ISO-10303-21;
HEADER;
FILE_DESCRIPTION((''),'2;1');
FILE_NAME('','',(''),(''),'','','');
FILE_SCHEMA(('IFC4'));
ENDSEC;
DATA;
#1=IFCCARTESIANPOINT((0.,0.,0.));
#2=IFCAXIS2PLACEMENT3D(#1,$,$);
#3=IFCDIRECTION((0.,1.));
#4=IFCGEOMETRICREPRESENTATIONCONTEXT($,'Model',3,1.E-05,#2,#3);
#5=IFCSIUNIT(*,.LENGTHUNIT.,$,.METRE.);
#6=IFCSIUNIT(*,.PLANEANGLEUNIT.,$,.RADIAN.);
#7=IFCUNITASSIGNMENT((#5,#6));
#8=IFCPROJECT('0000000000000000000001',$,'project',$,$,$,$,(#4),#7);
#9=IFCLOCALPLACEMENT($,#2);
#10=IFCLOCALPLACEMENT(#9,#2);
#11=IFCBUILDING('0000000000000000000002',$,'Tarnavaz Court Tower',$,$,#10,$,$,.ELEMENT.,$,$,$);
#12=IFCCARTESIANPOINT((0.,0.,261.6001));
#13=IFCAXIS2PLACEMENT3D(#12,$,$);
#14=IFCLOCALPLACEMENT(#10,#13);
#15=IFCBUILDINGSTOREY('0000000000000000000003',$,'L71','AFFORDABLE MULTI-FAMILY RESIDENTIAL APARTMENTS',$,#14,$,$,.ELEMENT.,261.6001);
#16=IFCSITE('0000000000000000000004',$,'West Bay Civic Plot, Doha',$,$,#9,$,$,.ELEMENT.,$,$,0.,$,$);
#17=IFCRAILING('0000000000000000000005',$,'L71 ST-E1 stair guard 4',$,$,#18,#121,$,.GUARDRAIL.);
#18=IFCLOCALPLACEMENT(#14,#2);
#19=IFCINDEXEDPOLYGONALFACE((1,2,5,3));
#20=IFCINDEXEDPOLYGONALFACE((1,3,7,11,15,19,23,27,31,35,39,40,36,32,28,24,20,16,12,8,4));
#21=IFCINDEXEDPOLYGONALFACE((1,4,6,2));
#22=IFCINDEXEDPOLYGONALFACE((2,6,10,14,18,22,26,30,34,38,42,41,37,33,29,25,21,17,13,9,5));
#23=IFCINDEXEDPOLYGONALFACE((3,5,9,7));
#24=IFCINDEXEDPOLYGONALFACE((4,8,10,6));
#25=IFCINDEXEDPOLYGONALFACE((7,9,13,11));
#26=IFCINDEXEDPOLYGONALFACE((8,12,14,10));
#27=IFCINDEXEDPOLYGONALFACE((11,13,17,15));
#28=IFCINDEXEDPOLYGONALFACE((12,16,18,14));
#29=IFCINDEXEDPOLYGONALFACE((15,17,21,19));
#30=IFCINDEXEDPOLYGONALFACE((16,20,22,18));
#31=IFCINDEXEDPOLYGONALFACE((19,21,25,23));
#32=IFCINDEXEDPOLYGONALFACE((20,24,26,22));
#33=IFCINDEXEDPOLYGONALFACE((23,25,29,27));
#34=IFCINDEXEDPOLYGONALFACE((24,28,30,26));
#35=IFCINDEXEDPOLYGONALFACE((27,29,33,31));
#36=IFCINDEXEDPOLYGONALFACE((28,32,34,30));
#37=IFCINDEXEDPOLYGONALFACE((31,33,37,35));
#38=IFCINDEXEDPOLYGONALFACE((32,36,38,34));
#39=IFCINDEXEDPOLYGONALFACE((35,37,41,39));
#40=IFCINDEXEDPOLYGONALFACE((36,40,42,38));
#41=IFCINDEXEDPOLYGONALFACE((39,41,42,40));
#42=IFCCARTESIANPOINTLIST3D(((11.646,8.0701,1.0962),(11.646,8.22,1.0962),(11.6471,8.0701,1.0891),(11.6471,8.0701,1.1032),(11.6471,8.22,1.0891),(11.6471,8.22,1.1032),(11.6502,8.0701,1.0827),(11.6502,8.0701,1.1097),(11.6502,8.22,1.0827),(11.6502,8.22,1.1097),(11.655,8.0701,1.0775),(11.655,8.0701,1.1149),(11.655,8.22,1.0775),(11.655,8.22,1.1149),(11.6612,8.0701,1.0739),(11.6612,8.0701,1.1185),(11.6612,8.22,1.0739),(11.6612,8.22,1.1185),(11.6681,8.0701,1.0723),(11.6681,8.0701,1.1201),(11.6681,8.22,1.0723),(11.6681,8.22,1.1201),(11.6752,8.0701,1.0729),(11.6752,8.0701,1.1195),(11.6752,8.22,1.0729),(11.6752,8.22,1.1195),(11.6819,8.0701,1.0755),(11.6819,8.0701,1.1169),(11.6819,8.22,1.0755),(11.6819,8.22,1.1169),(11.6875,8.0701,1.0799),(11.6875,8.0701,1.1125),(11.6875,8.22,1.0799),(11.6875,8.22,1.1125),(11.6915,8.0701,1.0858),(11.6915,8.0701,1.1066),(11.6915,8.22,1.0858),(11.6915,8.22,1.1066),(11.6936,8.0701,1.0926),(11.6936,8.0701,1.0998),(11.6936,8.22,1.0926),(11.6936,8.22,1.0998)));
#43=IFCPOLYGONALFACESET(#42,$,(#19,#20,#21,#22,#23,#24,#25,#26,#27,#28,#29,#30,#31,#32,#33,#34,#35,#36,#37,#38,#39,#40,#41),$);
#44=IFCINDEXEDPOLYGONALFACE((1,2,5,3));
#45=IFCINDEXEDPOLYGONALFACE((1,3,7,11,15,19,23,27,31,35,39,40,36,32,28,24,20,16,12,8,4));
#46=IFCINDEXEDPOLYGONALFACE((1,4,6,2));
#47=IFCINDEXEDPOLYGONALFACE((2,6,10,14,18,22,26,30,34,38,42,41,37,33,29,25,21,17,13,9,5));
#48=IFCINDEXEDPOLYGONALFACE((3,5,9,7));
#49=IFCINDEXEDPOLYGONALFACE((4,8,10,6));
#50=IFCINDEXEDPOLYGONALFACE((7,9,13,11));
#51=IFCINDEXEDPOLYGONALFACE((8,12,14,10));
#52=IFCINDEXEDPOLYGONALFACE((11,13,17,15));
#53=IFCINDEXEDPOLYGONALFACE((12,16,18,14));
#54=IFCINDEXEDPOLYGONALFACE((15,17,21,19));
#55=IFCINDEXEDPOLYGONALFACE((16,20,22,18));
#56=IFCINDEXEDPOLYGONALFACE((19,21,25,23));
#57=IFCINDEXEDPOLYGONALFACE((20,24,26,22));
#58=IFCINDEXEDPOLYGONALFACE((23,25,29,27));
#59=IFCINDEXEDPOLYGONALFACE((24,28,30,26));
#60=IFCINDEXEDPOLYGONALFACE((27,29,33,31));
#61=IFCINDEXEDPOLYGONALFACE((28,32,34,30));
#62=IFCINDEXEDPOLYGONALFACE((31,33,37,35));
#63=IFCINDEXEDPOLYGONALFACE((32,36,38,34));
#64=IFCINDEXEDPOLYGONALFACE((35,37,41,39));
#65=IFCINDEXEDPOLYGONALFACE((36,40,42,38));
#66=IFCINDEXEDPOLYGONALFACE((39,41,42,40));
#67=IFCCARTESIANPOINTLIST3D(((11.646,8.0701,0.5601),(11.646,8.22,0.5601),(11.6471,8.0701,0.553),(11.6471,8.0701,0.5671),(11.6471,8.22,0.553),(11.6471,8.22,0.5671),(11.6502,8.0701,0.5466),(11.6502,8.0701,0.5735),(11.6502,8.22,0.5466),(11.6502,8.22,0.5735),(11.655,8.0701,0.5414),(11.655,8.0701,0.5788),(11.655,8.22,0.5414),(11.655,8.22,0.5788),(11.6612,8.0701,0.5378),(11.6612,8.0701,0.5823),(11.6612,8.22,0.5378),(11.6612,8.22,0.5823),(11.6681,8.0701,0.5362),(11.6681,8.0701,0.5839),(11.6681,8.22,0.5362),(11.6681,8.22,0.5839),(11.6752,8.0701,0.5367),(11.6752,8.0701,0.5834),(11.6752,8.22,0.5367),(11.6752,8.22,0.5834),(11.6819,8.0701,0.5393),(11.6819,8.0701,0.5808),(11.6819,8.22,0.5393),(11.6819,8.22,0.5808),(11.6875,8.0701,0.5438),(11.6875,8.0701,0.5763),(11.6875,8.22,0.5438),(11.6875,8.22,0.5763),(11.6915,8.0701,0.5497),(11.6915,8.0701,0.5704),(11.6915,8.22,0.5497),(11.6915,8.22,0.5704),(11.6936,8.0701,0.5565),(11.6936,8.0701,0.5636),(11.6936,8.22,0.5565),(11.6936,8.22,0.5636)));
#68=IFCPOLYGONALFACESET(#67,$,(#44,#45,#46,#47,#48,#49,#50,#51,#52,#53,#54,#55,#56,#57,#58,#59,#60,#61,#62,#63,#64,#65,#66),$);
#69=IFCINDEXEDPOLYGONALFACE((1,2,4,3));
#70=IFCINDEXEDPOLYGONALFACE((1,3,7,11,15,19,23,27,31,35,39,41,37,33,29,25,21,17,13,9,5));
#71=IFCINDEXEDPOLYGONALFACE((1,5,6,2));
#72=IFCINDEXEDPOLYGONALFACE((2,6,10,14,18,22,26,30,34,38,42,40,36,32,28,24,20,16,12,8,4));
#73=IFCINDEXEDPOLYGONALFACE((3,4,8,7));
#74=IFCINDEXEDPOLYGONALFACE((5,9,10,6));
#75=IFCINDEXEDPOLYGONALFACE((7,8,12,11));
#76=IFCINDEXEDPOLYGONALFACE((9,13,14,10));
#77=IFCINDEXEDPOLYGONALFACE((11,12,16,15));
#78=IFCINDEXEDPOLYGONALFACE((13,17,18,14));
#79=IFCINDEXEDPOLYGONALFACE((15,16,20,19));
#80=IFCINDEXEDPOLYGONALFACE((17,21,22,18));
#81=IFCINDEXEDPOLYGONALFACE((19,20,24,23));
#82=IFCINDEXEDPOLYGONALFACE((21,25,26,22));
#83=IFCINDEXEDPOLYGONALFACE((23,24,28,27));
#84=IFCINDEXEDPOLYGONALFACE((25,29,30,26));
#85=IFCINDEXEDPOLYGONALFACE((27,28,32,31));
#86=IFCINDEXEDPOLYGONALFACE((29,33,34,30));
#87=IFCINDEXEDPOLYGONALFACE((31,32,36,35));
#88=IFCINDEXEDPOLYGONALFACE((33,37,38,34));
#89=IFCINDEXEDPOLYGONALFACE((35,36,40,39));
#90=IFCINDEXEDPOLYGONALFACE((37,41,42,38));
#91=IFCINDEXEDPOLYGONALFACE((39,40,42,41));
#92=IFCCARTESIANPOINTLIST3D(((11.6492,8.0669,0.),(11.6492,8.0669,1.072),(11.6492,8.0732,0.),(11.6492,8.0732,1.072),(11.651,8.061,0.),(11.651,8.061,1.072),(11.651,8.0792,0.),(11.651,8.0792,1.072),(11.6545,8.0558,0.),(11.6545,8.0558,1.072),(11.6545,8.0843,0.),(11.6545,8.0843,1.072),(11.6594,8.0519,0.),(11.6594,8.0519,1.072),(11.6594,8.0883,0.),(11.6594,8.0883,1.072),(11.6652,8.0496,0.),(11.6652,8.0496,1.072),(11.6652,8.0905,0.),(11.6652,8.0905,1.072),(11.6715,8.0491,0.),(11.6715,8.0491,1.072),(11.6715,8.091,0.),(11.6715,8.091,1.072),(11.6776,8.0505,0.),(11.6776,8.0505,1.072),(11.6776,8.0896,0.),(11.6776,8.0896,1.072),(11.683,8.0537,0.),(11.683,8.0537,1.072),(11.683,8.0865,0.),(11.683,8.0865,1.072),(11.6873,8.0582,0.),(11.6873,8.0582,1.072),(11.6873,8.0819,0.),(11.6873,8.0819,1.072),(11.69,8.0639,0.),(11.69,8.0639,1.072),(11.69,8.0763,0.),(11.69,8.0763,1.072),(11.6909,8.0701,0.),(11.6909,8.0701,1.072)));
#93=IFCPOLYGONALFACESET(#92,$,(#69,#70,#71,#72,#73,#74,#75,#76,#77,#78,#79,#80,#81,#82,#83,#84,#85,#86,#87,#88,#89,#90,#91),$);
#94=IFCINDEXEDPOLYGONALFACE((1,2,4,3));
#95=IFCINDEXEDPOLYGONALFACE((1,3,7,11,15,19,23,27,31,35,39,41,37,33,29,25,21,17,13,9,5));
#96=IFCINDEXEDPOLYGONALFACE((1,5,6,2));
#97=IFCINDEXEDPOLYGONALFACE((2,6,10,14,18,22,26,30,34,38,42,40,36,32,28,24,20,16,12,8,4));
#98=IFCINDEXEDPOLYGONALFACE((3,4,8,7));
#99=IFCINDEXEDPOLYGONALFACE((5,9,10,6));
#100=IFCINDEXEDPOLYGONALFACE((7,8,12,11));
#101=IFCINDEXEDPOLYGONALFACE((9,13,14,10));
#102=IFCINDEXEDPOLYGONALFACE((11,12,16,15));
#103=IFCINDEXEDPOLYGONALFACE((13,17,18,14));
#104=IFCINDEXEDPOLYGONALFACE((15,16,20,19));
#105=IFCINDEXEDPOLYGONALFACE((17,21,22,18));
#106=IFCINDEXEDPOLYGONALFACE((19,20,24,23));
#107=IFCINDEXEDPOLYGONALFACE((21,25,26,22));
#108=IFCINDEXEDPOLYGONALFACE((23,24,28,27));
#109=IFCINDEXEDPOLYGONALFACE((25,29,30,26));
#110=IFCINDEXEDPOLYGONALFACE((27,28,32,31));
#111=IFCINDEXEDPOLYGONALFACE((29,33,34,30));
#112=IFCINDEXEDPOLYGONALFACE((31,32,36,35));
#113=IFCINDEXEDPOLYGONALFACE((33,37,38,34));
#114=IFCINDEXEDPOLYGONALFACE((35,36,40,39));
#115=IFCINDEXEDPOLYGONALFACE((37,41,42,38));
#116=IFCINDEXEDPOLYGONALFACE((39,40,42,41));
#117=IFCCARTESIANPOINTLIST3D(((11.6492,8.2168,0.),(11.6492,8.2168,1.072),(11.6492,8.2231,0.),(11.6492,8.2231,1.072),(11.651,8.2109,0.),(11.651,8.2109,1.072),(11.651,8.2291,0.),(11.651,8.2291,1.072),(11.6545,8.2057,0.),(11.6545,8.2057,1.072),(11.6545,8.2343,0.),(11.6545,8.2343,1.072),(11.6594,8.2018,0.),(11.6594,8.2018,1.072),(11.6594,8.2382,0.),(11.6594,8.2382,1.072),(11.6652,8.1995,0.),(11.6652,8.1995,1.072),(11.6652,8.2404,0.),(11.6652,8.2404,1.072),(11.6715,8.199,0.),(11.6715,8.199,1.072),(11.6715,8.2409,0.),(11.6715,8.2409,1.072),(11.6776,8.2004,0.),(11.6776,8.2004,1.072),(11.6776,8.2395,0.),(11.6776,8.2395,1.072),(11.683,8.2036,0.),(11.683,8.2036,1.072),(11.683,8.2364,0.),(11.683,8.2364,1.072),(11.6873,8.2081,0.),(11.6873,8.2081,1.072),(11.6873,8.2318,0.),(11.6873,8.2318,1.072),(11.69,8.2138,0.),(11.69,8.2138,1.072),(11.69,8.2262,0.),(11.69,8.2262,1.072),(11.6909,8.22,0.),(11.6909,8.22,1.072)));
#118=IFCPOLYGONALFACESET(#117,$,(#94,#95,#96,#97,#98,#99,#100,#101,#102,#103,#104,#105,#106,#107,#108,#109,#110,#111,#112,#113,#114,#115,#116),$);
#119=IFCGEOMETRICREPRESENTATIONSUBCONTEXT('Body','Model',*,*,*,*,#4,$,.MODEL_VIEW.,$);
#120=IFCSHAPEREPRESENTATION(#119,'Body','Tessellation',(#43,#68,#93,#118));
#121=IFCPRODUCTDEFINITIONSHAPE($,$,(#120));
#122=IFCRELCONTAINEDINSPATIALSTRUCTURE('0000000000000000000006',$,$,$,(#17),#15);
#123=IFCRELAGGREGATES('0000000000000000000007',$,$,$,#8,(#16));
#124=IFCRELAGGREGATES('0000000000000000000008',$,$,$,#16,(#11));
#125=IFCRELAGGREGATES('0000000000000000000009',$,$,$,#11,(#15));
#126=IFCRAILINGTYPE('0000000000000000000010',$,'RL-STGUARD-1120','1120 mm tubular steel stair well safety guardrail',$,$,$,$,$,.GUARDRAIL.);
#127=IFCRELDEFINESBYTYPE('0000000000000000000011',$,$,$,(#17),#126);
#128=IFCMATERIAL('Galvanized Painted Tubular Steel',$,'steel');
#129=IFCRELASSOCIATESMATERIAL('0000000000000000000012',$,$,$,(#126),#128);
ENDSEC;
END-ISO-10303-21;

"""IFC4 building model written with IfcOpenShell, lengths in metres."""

from ifc_helpers import new_model, si_unit, direction, frame, origin, origin_2d, place, context, subcontext, project, spatial, circle, extrude, material, type_object, element, save


model = new_model("IFC4")

# Units and contexts
model_context = context("Model", 3, precision=1e-05, world=origin(), true_north=direction((0.0, 1.0)))
body_context = subcontext(model_context, "Body", "Model", "MODEL_VIEW")
ifc_project = project(units=[si_unit("LENGTHUNIT", "METRE"), si_unit("PLANEANGLEUNIT", "RADIAN")], contexts=[model_context])

# Site, building, storey
site_placement = place(None, origin())
site = spatial("IfcSite", under=ifc_project, at=site_placement, Name="West Bay Civic Plot, Doha", CompositionType="ELEMENT", RefElevation=0.0)
building_placement = place(site_placement, origin())
building = spatial("IfcBuilding", under=site, at=building_placement, Name="Tarnavaz Court Tower", CompositionType="ELEMENT")
storey_placement = place(building_placement, frame((0.0, 0.0, 261.6001)))
storey = spatial("IfcBuildingStorey", under=building, at=storey_placement, Name="L71", Description="AFFORDABLE MULTI-FAMILY RESIDENTIAL APARTMENTS", CompositionType="ELEMENT", Elevation=261.6001)

# Railing
ifc_material_1 = material(Name="Galvanized Painted Tubular Steel", Category="steel")
railing_type_1 = type_object("IfcRailingType", Name="RL-STGUARD-1120", Description="1120 mm tubular steel stair well safety guardrail", PredefinedType="GUARDRAIL", material=ifc_material_1)
railing_1_placement = place(storey_placement, frame((11.6699, 8.0701, 0.0)))
element("IfcRailing", 1, at=railing_1_placement, inside=storey, type_object=railing_type_1, Name="L71 ST-E1 stair guard 4", PredefinedType="GUARDRAIL", context=body_context, shape_type="SweptSolid", body=[
    extrude(circle(Radius=0.0239, at=origin_2d()), frame((0.0, 0.0, 1.0962), z_axis=(0.0, 1.0, 0.0), x_axis=(-1.0, 0.0, 0.0)), (0.0, 0.0, 1.0), 0.1499),
    extrude(circle(Radius=0.0239, at=origin_2d()), frame((0.0, 0.0, 0.5601), z_axis=(0.0, 1.0, 0.0), x_axis=(-1.0, 0.0, 0.0)), (0.0, 0.0, 1.0), 0.1499),
    extrude(circle(Radius=0.021, at=origin_2d()), origin(), (0.0, 0.0, 1.0), 1.072),
    extrude(circle(Radius=0.021, at=origin_2d()), frame((0.0, 0.1499, 0.0)), (0.0, 0.0, 1.0), 1.072),
])

save(model, "model.ifc")
